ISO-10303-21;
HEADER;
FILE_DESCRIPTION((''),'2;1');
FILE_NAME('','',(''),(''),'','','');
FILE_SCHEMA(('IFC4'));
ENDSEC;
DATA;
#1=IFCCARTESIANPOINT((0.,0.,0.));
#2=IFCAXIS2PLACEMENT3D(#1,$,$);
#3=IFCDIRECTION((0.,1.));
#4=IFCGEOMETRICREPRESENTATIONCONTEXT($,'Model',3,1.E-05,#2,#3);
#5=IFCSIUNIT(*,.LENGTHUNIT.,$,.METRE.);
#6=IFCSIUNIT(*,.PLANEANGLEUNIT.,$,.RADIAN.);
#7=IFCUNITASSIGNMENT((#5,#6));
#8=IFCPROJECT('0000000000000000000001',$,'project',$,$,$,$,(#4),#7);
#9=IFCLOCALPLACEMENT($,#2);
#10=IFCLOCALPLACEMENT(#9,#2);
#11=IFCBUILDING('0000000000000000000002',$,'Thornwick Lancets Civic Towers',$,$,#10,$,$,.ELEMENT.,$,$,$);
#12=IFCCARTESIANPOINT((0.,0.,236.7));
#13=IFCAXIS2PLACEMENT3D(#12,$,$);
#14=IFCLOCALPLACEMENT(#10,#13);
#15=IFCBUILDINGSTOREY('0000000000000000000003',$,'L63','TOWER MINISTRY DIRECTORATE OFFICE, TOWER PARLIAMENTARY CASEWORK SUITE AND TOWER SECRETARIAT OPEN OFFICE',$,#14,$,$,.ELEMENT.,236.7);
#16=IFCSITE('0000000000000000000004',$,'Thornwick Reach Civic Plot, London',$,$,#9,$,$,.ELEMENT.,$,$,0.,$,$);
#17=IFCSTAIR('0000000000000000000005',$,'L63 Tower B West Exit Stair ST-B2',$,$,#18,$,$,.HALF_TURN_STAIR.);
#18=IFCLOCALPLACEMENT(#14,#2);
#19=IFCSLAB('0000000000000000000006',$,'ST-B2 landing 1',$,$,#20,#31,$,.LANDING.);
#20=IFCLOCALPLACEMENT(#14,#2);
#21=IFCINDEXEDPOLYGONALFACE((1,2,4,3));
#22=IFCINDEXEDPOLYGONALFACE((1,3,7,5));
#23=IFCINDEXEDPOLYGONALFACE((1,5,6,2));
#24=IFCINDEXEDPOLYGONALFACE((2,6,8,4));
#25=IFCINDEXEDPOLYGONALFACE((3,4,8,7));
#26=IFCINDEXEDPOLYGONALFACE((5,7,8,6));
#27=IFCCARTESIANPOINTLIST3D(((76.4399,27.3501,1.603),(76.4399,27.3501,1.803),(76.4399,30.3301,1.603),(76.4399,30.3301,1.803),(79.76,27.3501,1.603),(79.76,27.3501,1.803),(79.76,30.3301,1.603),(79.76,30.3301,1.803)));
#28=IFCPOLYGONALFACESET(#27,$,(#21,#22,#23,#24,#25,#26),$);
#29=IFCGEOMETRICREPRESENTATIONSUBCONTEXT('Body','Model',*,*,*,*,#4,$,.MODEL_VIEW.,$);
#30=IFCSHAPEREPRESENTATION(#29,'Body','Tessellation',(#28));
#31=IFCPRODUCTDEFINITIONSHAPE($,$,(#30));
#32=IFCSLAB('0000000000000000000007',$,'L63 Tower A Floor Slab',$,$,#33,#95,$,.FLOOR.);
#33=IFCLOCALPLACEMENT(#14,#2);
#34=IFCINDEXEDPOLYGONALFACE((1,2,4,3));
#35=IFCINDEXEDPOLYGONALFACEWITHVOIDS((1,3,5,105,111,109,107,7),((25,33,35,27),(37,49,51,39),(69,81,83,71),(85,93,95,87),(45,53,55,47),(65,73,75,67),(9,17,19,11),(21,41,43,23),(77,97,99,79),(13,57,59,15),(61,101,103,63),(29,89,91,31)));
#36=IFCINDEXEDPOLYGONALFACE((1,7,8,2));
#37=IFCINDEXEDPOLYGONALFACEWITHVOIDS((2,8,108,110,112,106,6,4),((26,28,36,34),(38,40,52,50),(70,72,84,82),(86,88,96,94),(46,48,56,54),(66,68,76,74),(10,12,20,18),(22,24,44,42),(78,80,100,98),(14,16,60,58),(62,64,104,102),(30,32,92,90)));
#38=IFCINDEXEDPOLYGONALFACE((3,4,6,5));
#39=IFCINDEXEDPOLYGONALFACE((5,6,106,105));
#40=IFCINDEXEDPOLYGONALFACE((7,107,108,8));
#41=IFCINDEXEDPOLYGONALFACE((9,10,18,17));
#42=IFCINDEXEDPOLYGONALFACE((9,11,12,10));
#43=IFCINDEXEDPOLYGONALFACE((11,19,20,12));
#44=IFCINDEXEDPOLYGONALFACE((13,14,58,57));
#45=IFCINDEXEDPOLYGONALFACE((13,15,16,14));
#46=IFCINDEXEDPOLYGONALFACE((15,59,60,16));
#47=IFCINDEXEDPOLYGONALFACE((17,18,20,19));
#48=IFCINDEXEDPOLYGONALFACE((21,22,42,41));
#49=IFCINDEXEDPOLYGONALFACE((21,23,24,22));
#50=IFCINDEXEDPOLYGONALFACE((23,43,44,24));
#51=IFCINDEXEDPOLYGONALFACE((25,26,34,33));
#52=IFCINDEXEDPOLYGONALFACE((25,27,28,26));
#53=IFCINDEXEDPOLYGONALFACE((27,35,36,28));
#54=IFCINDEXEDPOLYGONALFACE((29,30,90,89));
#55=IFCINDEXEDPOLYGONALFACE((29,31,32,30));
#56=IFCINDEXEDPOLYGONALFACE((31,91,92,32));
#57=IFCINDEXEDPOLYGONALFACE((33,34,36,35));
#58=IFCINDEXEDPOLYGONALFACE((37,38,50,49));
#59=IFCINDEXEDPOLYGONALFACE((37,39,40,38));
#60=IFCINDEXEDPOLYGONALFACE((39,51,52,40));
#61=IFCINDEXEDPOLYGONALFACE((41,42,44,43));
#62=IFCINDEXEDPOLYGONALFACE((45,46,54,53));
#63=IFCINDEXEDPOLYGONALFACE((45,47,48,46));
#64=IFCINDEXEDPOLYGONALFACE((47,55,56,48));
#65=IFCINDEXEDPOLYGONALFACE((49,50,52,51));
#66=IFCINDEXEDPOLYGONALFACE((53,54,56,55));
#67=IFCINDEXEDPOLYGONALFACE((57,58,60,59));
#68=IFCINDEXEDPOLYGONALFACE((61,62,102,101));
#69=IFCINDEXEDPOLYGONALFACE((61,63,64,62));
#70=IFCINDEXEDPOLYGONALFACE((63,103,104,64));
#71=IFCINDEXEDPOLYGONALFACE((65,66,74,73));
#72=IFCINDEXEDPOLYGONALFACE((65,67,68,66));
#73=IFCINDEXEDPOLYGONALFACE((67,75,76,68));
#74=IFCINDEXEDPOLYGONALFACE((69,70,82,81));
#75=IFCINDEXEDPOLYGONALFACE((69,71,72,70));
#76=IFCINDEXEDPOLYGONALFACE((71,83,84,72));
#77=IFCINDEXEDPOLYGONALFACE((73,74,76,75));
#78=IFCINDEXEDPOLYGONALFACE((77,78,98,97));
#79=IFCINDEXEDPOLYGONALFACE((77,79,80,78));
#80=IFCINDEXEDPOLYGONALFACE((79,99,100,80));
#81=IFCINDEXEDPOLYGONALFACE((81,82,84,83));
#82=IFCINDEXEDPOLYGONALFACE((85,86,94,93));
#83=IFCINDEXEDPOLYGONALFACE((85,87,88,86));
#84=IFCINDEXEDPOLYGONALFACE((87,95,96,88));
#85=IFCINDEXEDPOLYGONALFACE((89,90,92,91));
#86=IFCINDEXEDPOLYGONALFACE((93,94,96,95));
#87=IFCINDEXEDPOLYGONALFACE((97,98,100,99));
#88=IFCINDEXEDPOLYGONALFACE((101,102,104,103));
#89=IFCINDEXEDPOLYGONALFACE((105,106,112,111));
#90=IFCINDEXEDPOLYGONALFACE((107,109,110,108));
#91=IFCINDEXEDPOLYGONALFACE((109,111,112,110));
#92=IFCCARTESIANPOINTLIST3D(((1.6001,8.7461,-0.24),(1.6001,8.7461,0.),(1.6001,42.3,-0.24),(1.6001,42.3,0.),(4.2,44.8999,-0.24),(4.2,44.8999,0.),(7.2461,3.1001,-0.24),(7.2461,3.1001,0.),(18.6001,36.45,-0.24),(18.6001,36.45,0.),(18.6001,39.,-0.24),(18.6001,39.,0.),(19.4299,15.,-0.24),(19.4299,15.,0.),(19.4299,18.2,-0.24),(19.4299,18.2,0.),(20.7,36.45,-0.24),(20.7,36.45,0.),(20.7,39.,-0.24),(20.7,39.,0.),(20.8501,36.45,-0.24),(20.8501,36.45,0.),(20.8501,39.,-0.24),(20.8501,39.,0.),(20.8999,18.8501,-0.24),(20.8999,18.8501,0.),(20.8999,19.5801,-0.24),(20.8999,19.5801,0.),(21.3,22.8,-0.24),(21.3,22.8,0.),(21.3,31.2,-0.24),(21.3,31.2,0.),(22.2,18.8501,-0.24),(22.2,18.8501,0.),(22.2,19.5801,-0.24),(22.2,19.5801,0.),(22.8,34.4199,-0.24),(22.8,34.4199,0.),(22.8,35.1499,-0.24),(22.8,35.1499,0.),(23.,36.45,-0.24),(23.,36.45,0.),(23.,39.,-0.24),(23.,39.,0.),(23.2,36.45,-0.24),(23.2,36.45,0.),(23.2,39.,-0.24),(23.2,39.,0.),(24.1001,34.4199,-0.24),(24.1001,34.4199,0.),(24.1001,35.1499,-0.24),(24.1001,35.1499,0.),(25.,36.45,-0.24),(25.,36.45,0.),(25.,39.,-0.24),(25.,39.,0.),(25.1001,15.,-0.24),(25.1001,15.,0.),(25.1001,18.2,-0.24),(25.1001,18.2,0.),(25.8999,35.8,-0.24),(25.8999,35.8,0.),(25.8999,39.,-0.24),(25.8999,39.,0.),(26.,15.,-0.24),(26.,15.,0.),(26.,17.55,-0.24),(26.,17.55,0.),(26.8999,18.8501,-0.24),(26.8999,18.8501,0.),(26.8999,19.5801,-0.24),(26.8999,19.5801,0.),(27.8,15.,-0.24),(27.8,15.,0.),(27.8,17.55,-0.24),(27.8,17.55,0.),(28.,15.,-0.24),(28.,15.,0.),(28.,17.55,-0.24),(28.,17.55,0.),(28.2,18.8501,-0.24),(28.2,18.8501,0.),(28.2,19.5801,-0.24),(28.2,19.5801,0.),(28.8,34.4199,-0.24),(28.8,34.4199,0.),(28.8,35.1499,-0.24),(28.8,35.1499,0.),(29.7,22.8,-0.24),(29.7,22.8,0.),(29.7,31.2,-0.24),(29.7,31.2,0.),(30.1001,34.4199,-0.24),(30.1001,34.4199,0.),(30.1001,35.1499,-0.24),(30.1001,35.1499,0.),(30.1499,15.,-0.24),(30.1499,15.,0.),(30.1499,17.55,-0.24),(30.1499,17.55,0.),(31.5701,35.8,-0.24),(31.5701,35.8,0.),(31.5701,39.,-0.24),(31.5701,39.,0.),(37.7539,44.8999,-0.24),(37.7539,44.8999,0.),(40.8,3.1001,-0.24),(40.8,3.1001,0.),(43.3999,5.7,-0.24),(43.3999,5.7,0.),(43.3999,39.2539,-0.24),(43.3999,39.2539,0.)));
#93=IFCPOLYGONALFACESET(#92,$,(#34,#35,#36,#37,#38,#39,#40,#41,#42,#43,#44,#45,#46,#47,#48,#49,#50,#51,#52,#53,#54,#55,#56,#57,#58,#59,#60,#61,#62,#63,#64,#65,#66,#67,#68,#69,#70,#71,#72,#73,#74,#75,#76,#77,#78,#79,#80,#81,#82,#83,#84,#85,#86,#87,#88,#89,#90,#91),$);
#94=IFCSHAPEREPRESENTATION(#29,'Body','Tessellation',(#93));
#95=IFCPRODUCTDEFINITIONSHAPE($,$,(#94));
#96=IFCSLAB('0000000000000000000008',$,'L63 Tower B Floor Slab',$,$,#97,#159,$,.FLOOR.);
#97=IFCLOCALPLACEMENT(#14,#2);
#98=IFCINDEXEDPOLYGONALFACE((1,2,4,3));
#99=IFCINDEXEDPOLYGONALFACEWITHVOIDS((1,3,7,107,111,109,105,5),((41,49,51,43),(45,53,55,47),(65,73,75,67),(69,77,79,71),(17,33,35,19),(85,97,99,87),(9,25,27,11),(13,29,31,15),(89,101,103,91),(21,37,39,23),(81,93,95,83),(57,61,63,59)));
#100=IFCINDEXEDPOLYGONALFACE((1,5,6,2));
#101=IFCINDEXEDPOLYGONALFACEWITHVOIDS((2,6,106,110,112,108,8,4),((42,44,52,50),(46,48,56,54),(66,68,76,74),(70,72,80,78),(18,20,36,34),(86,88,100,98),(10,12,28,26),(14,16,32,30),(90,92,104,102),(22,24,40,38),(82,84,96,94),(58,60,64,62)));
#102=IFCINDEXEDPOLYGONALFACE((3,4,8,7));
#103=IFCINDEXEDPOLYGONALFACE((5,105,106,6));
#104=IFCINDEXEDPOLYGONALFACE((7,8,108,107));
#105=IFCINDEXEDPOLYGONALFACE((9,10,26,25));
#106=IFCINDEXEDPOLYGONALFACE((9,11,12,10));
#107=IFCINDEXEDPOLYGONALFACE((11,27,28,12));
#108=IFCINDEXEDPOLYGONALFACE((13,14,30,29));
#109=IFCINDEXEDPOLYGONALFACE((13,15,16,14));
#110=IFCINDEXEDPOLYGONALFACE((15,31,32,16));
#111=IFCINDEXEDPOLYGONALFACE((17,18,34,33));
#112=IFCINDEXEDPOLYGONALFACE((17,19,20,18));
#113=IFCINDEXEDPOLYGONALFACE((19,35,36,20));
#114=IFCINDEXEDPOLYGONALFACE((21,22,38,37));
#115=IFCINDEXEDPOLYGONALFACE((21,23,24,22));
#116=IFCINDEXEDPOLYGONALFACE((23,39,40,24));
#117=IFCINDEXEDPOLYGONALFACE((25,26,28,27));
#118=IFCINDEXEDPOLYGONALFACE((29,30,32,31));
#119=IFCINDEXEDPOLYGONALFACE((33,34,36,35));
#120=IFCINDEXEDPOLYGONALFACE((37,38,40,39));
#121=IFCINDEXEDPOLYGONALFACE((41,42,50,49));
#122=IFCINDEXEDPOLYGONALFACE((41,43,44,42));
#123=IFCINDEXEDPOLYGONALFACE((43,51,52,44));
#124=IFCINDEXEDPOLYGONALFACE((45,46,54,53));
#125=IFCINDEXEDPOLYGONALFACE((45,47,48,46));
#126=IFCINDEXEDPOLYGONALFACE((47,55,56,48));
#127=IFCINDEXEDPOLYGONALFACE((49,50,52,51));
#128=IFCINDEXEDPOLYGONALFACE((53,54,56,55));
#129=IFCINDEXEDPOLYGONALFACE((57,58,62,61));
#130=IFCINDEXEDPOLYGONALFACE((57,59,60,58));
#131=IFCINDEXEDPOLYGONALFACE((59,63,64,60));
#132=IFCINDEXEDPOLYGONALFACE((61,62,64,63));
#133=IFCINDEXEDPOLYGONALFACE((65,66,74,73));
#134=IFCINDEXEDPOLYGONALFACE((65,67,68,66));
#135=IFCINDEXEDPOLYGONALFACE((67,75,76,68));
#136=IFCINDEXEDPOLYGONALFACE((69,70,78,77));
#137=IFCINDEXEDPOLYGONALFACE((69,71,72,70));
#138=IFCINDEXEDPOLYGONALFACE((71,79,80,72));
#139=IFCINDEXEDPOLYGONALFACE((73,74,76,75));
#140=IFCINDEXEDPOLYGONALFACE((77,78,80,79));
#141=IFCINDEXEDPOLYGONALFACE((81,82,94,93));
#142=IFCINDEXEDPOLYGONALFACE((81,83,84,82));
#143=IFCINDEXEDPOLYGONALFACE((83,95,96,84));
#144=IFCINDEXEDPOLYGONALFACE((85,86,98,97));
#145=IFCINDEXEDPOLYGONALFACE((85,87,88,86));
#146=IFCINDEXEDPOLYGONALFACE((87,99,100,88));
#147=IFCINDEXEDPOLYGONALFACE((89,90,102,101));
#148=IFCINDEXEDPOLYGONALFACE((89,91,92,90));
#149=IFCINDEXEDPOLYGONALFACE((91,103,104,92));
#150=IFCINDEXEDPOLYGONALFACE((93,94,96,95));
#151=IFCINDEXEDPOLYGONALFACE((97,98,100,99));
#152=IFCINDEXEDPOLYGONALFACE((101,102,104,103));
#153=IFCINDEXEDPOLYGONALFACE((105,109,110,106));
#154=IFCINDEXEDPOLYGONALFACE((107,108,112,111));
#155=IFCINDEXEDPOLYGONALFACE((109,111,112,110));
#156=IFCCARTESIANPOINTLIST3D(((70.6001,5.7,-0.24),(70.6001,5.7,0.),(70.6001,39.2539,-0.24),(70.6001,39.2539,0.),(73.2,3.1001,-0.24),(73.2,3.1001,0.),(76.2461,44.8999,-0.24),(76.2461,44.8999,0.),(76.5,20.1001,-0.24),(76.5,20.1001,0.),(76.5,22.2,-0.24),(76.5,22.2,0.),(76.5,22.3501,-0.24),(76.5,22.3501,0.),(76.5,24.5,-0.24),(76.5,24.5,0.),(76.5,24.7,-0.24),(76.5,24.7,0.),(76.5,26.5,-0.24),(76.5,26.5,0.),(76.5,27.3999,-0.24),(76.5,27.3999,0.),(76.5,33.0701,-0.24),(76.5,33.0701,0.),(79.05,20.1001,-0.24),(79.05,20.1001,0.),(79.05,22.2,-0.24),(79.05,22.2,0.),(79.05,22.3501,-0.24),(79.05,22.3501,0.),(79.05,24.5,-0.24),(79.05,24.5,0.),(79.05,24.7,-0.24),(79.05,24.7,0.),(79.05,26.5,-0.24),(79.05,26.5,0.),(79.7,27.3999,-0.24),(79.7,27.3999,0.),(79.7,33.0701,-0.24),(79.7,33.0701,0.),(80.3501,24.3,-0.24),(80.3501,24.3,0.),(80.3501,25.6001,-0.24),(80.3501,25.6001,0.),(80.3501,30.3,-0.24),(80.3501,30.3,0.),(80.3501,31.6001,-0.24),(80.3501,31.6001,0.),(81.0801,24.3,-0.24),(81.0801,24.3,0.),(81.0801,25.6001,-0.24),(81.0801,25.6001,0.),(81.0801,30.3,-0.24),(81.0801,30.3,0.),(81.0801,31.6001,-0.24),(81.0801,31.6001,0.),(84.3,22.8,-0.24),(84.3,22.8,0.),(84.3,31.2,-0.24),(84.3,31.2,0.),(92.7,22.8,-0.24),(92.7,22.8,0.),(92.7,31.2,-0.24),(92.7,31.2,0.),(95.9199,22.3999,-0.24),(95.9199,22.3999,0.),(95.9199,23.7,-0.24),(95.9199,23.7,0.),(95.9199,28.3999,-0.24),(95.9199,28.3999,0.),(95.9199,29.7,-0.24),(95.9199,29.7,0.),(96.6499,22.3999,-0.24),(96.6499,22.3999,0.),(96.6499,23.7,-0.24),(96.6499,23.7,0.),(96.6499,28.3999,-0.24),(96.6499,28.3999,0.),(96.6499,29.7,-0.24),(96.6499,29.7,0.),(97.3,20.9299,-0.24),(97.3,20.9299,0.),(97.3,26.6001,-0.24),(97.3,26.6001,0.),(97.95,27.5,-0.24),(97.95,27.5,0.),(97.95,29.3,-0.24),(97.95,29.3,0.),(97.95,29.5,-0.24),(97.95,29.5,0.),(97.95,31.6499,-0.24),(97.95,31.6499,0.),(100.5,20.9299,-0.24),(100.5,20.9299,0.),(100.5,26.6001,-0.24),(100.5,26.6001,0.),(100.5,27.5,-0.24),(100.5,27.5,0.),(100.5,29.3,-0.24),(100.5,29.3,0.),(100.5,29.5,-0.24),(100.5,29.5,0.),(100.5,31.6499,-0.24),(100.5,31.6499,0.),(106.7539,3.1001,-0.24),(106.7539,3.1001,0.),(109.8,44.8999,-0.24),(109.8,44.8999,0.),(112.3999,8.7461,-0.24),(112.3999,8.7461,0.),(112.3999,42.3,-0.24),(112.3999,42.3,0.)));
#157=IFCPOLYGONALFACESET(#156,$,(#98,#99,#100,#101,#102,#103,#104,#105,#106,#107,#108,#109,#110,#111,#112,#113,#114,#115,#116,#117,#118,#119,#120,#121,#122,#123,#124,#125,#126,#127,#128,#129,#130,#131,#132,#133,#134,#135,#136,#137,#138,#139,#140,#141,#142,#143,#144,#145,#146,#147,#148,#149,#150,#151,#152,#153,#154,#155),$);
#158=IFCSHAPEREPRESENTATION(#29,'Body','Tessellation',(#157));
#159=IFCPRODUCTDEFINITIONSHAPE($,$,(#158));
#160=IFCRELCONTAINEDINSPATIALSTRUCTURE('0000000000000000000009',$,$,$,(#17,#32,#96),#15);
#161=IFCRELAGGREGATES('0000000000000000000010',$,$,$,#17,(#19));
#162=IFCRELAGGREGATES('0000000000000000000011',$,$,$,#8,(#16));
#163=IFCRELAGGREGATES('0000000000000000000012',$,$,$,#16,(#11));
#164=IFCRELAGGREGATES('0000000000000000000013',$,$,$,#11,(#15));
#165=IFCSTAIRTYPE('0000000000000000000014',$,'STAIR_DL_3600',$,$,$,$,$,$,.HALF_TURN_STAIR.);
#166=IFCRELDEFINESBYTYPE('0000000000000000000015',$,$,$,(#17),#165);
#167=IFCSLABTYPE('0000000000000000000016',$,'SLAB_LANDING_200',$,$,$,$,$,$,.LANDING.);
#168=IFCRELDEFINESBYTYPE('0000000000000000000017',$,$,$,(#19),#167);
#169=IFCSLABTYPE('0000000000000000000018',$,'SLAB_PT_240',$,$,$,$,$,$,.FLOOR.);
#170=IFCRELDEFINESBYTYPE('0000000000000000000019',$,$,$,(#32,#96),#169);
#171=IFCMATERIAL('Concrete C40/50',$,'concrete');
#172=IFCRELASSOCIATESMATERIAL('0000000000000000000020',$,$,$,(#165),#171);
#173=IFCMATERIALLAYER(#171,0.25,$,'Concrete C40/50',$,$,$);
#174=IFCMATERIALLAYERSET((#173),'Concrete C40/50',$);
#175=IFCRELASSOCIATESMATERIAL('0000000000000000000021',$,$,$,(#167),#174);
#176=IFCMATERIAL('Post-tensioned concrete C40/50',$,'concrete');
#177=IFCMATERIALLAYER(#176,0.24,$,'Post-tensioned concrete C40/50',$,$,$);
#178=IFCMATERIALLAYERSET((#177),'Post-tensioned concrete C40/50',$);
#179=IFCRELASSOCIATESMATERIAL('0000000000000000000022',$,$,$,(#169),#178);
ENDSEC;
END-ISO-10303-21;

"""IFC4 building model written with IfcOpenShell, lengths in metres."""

from ifc_helpers import new_model, si_unit, direction, frame, origin, place, context, subcontext, project, spatial, polyline, outline, extrude, material, layer, layer_set, type_object, element, aggregate, save


model = new_model("IFC4")

# Units and contexts
model_context = context("Model", 3, precision=1e-05, world=origin(), true_north=direction((0.0, 1.0)))
body_context = subcontext(model_context, "Body", "Model", "MODEL_VIEW")
ifc_project = project(units=[si_unit("LENGTHUNIT", "METRE"), si_unit("PLANEANGLEUNIT", "RADIAN")], contexts=[model_context])

# Site, building, storey
site_placement = place(None, origin())
site = spatial("IfcSite", under=ifc_project, at=site_placement, Name="Thornwick Reach Civic Plot, London", CompositionType="ELEMENT", RefElevation=0.0)
building_placement = place(site_placement, origin())
building = spatial("IfcBuilding", under=site, at=building_placement, Name="Thornwick Lancets Civic Towers", CompositionType="ELEMENT")
storey_placement = place(building_placement, frame((0.0, 0.0, 236.7)))
storey = spatial("IfcBuildingStorey", under=building, at=storey_placement, Name="L63", Description="TOWER MINISTRY DIRECTORATE OFFICE, TOWER PARLIAMENTARY CASEWORK SUITE AND TOWER SECRETARIAT OPEN OFFICE", CompositionType="ELEMENT", Elevation=236.7)

# Shared definitions
ifc_material_1 = material(Name="Post-tensioned concrete C40/50", Category="concrete")

# Stair, slab
ifc_material_2 = material(Name="Concrete C40/50", Category="concrete")
stair_type = type_object("IfcStairType", Name="STAIR_DL_3600", PredefinedType="HALF_TURN_STAIR", material=ifc_material_2)
ifc_layer_1 = layer(ifc_material_2, 0.25, Name="Concrete C40/50")
ifc_layer_set_1 = layer_set([ifc_layer_1], Name="Concrete C40/50")
slab_type_1 = type_object("IfcSlabType", Name="SLAB_LANDING_200", PredefinedType="LANDING", material=ifc_layer_set_1)
stair_1_placement = place(storey_placement, origin())
stair_1 = element("IfcStair", 1, at=stair_1_placement, inside=storey, type_object=stair_type, Name="L63 Tower B West Exit Stair ST-B2", PredefinedType="HALF_TURN_STAIR")
slab_1_placement = place(storey_placement, frame((0.0, 0.0, 1.603)))
slab_1 = element("IfcSlab", 2, at=slab_1_placement, type_object=slab_type_1, Name="ST-B2 landing 1", PredefinedType="LANDING", context=body_context, shape_type="SweptSolid", body=[
    extrude(outline(polyline([(76.4399, 30.3301), (76.4399, 27.3501), (79.76, 27.3501), (79.76, 30.3301), (76.4399, 30.3301)])), origin(), (0.0, 0.0, 1.0), 0.2),
])
aggregate(stair_1, [slab_1])

# Slabs
ifc_layer_2 = layer(ifc_material_1, 0.24, Name="Post-tensioned concrete C40/50")
ifc_layer_set_2 = layer_set([ifc_layer_2], Name="Post-tensioned concrete C40/50")
slab_type_2 = type_object("IfcSlabType", Name="SLAB_PT_240", PredefinedType="FLOOR", material=ifc_layer_set_2)
slab_2_placement = place(storey_placement, frame((0.0, 0.0, -0.24)))
element("IfcSlab", 3, at=slab_2_placement, inside=storey, type_object=slab_type_2, Name="L63 Tower A Floor Slab", PredefinedType="FLOOR", context=body_context, shape_type="SweptSolid", body=[
    extrude(outline(polyline([(7.2461, 3.1001), (40.8, 3.1001), (43.3999, 5.7), (43.3999, 39.2539), (37.7539, 44.8999), (4.2, 44.8999), (1.6001, 42.3), (1.6001, 8.7461), (7.2461, 3.1001)]), holes=[polyline([(21.3, 22.8), (29.7, 22.8), (29.7, 31.2), (21.3, 31.2), (21.3, 22.8)]), polyline([(19.4299, 15.0), (25.1001, 15.0), (25.1001, 18.2), (19.4299, 18.2), (19.4299, 15.0)]), polyline([(31.5701, 39.0), (25.8999, 39.0), (25.8999, 35.8), (31.5701, 35.8), (31.5701, 39.0)]), polyline([(26.0, 15.0), (27.8, 15.0), (27.8, 17.55), (26.0, 17.55), (26.0, 15.0)]), polyline([(28.0, 15.0), (30.1499, 15.0), (30.1499, 17.55), (28.0, 17.55), (28.0, 15.0)]), polyline([(23.2, 36.45), (25.0, 36.45), (25.0, 39.0), (23.2, 39.0), (23.2, 36.45)]), polyline([(20.8501, 36.45), (23.0, 36.45), (23.0, 39.0), (20.8501, 39.0), (20.8501, 36.45)]), polyline([(18.6001, 36.45), (20.7, 36.45), (20.7, 39.0), (18.6001, 39.0), (18.6001, 36.45)]), polyline([(26.8999, 18.8501), (28.2, 18.8501), (28.2, 19.5801), (26.8999, 19.5801), (26.8999, 18.8501)]), polyline([(20.8999, 18.8501), (22.2, 18.8501), (22.2, 19.5801), (20.8999, 19.5801), (20.8999, 18.8501)]), polyline([(22.8, 34.4199), (24.1001, 34.4199), (24.1001, 35.1499), (22.8, 35.1499), (22.8, 34.4199)]), polyline([(28.8, 34.4199), (30.1001, 34.4199), (30.1001, 35.1499), (28.8, 35.1499), (28.8, 34.4199)])]), origin(), (0.0, 0.0, 1.0), 0.24),
])
slab_3_placement = place(storey_placement, frame((0.0, 0.0, -0.24)))
element("IfcSlab", 4, at=slab_3_placement, inside=storey, type_object=slab_type_2, Name="L63 Tower B Floor Slab", PredefinedType="FLOOR", context=body_context, shape_type="SweptSolid", body=[
    extrude(outline(polyline([(73.2, 3.1001), (106.7539, 3.1001), (112.3999, 8.7461), (112.3999, 42.3), (109.8, 44.8999), (76.2461, 44.8999), (70.6001, 39.2539), (70.6001, 5.7), (73.2, 3.1001)]), holes=[polyline([(84.3, 22.8), (92.7, 22.8), (92.7, 31.2), (84.3, 31.2), (84.3, 22.8)]), polyline([(100.5, 20.9299), (100.5, 26.6001), (97.3, 26.6001), (97.3, 20.9299), (100.5, 20.9299)]), polyline([(76.5, 33.0701), (76.5, 27.3999), (79.7, 27.3999), (79.7, 33.0701), (76.5, 33.0701)]), polyline([(97.95, 27.5), (100.5, 27.5), (100.5, 29.3), (97.95, 29.3), (97.95, 27.5)]), polyline([(97.95, 29.5), (100.5, 29.5), (100.5, 31.6499), (97.95, 31.6499), (97.95, 29.5)]), polyline([(76.5, 24.7), (79.05, 24.7), (79.05, 26.5), (76.5, 26.5), (76.5, 24.7)]), polyline([(76.5, 22.3501), (79.05, 22.3501), (79.05, 24.5), (76.5, 24.5), (76.5, 22.3501)]), polyline([(76.5, 20.1001), (79.05, 20.1001), (79.05, 22.2), (76.5, 22.2), (76.5, 20.1001)]), polyline([(95.9199, 28.3999), (96.6499, 28.3999), (96.6499, 29.7), (95.9199, 29.7), (95.9199, 28.3999)]), polyline([(95.9199, 22.3999), (96.6499, 22.3999), (96.6499, 23.7), (95.9199, 23.7), (95.9199, 22.3999)]), polyline([(80.3501, 24.3), (81.0801, 24.3), (81.0801, 25.6001), (80.3501, 25.6001), (80.3501, 24.3)]), polyline([(80.3501, 30.3), (81.0801, 30.3), (81.0801, 31.6001), (80.3501, 31.6001), (80.3501, 30.3)])]), origin(), (0.0, 0.0, 1.0), 0.24),
])

save(model, "model.ifc")
